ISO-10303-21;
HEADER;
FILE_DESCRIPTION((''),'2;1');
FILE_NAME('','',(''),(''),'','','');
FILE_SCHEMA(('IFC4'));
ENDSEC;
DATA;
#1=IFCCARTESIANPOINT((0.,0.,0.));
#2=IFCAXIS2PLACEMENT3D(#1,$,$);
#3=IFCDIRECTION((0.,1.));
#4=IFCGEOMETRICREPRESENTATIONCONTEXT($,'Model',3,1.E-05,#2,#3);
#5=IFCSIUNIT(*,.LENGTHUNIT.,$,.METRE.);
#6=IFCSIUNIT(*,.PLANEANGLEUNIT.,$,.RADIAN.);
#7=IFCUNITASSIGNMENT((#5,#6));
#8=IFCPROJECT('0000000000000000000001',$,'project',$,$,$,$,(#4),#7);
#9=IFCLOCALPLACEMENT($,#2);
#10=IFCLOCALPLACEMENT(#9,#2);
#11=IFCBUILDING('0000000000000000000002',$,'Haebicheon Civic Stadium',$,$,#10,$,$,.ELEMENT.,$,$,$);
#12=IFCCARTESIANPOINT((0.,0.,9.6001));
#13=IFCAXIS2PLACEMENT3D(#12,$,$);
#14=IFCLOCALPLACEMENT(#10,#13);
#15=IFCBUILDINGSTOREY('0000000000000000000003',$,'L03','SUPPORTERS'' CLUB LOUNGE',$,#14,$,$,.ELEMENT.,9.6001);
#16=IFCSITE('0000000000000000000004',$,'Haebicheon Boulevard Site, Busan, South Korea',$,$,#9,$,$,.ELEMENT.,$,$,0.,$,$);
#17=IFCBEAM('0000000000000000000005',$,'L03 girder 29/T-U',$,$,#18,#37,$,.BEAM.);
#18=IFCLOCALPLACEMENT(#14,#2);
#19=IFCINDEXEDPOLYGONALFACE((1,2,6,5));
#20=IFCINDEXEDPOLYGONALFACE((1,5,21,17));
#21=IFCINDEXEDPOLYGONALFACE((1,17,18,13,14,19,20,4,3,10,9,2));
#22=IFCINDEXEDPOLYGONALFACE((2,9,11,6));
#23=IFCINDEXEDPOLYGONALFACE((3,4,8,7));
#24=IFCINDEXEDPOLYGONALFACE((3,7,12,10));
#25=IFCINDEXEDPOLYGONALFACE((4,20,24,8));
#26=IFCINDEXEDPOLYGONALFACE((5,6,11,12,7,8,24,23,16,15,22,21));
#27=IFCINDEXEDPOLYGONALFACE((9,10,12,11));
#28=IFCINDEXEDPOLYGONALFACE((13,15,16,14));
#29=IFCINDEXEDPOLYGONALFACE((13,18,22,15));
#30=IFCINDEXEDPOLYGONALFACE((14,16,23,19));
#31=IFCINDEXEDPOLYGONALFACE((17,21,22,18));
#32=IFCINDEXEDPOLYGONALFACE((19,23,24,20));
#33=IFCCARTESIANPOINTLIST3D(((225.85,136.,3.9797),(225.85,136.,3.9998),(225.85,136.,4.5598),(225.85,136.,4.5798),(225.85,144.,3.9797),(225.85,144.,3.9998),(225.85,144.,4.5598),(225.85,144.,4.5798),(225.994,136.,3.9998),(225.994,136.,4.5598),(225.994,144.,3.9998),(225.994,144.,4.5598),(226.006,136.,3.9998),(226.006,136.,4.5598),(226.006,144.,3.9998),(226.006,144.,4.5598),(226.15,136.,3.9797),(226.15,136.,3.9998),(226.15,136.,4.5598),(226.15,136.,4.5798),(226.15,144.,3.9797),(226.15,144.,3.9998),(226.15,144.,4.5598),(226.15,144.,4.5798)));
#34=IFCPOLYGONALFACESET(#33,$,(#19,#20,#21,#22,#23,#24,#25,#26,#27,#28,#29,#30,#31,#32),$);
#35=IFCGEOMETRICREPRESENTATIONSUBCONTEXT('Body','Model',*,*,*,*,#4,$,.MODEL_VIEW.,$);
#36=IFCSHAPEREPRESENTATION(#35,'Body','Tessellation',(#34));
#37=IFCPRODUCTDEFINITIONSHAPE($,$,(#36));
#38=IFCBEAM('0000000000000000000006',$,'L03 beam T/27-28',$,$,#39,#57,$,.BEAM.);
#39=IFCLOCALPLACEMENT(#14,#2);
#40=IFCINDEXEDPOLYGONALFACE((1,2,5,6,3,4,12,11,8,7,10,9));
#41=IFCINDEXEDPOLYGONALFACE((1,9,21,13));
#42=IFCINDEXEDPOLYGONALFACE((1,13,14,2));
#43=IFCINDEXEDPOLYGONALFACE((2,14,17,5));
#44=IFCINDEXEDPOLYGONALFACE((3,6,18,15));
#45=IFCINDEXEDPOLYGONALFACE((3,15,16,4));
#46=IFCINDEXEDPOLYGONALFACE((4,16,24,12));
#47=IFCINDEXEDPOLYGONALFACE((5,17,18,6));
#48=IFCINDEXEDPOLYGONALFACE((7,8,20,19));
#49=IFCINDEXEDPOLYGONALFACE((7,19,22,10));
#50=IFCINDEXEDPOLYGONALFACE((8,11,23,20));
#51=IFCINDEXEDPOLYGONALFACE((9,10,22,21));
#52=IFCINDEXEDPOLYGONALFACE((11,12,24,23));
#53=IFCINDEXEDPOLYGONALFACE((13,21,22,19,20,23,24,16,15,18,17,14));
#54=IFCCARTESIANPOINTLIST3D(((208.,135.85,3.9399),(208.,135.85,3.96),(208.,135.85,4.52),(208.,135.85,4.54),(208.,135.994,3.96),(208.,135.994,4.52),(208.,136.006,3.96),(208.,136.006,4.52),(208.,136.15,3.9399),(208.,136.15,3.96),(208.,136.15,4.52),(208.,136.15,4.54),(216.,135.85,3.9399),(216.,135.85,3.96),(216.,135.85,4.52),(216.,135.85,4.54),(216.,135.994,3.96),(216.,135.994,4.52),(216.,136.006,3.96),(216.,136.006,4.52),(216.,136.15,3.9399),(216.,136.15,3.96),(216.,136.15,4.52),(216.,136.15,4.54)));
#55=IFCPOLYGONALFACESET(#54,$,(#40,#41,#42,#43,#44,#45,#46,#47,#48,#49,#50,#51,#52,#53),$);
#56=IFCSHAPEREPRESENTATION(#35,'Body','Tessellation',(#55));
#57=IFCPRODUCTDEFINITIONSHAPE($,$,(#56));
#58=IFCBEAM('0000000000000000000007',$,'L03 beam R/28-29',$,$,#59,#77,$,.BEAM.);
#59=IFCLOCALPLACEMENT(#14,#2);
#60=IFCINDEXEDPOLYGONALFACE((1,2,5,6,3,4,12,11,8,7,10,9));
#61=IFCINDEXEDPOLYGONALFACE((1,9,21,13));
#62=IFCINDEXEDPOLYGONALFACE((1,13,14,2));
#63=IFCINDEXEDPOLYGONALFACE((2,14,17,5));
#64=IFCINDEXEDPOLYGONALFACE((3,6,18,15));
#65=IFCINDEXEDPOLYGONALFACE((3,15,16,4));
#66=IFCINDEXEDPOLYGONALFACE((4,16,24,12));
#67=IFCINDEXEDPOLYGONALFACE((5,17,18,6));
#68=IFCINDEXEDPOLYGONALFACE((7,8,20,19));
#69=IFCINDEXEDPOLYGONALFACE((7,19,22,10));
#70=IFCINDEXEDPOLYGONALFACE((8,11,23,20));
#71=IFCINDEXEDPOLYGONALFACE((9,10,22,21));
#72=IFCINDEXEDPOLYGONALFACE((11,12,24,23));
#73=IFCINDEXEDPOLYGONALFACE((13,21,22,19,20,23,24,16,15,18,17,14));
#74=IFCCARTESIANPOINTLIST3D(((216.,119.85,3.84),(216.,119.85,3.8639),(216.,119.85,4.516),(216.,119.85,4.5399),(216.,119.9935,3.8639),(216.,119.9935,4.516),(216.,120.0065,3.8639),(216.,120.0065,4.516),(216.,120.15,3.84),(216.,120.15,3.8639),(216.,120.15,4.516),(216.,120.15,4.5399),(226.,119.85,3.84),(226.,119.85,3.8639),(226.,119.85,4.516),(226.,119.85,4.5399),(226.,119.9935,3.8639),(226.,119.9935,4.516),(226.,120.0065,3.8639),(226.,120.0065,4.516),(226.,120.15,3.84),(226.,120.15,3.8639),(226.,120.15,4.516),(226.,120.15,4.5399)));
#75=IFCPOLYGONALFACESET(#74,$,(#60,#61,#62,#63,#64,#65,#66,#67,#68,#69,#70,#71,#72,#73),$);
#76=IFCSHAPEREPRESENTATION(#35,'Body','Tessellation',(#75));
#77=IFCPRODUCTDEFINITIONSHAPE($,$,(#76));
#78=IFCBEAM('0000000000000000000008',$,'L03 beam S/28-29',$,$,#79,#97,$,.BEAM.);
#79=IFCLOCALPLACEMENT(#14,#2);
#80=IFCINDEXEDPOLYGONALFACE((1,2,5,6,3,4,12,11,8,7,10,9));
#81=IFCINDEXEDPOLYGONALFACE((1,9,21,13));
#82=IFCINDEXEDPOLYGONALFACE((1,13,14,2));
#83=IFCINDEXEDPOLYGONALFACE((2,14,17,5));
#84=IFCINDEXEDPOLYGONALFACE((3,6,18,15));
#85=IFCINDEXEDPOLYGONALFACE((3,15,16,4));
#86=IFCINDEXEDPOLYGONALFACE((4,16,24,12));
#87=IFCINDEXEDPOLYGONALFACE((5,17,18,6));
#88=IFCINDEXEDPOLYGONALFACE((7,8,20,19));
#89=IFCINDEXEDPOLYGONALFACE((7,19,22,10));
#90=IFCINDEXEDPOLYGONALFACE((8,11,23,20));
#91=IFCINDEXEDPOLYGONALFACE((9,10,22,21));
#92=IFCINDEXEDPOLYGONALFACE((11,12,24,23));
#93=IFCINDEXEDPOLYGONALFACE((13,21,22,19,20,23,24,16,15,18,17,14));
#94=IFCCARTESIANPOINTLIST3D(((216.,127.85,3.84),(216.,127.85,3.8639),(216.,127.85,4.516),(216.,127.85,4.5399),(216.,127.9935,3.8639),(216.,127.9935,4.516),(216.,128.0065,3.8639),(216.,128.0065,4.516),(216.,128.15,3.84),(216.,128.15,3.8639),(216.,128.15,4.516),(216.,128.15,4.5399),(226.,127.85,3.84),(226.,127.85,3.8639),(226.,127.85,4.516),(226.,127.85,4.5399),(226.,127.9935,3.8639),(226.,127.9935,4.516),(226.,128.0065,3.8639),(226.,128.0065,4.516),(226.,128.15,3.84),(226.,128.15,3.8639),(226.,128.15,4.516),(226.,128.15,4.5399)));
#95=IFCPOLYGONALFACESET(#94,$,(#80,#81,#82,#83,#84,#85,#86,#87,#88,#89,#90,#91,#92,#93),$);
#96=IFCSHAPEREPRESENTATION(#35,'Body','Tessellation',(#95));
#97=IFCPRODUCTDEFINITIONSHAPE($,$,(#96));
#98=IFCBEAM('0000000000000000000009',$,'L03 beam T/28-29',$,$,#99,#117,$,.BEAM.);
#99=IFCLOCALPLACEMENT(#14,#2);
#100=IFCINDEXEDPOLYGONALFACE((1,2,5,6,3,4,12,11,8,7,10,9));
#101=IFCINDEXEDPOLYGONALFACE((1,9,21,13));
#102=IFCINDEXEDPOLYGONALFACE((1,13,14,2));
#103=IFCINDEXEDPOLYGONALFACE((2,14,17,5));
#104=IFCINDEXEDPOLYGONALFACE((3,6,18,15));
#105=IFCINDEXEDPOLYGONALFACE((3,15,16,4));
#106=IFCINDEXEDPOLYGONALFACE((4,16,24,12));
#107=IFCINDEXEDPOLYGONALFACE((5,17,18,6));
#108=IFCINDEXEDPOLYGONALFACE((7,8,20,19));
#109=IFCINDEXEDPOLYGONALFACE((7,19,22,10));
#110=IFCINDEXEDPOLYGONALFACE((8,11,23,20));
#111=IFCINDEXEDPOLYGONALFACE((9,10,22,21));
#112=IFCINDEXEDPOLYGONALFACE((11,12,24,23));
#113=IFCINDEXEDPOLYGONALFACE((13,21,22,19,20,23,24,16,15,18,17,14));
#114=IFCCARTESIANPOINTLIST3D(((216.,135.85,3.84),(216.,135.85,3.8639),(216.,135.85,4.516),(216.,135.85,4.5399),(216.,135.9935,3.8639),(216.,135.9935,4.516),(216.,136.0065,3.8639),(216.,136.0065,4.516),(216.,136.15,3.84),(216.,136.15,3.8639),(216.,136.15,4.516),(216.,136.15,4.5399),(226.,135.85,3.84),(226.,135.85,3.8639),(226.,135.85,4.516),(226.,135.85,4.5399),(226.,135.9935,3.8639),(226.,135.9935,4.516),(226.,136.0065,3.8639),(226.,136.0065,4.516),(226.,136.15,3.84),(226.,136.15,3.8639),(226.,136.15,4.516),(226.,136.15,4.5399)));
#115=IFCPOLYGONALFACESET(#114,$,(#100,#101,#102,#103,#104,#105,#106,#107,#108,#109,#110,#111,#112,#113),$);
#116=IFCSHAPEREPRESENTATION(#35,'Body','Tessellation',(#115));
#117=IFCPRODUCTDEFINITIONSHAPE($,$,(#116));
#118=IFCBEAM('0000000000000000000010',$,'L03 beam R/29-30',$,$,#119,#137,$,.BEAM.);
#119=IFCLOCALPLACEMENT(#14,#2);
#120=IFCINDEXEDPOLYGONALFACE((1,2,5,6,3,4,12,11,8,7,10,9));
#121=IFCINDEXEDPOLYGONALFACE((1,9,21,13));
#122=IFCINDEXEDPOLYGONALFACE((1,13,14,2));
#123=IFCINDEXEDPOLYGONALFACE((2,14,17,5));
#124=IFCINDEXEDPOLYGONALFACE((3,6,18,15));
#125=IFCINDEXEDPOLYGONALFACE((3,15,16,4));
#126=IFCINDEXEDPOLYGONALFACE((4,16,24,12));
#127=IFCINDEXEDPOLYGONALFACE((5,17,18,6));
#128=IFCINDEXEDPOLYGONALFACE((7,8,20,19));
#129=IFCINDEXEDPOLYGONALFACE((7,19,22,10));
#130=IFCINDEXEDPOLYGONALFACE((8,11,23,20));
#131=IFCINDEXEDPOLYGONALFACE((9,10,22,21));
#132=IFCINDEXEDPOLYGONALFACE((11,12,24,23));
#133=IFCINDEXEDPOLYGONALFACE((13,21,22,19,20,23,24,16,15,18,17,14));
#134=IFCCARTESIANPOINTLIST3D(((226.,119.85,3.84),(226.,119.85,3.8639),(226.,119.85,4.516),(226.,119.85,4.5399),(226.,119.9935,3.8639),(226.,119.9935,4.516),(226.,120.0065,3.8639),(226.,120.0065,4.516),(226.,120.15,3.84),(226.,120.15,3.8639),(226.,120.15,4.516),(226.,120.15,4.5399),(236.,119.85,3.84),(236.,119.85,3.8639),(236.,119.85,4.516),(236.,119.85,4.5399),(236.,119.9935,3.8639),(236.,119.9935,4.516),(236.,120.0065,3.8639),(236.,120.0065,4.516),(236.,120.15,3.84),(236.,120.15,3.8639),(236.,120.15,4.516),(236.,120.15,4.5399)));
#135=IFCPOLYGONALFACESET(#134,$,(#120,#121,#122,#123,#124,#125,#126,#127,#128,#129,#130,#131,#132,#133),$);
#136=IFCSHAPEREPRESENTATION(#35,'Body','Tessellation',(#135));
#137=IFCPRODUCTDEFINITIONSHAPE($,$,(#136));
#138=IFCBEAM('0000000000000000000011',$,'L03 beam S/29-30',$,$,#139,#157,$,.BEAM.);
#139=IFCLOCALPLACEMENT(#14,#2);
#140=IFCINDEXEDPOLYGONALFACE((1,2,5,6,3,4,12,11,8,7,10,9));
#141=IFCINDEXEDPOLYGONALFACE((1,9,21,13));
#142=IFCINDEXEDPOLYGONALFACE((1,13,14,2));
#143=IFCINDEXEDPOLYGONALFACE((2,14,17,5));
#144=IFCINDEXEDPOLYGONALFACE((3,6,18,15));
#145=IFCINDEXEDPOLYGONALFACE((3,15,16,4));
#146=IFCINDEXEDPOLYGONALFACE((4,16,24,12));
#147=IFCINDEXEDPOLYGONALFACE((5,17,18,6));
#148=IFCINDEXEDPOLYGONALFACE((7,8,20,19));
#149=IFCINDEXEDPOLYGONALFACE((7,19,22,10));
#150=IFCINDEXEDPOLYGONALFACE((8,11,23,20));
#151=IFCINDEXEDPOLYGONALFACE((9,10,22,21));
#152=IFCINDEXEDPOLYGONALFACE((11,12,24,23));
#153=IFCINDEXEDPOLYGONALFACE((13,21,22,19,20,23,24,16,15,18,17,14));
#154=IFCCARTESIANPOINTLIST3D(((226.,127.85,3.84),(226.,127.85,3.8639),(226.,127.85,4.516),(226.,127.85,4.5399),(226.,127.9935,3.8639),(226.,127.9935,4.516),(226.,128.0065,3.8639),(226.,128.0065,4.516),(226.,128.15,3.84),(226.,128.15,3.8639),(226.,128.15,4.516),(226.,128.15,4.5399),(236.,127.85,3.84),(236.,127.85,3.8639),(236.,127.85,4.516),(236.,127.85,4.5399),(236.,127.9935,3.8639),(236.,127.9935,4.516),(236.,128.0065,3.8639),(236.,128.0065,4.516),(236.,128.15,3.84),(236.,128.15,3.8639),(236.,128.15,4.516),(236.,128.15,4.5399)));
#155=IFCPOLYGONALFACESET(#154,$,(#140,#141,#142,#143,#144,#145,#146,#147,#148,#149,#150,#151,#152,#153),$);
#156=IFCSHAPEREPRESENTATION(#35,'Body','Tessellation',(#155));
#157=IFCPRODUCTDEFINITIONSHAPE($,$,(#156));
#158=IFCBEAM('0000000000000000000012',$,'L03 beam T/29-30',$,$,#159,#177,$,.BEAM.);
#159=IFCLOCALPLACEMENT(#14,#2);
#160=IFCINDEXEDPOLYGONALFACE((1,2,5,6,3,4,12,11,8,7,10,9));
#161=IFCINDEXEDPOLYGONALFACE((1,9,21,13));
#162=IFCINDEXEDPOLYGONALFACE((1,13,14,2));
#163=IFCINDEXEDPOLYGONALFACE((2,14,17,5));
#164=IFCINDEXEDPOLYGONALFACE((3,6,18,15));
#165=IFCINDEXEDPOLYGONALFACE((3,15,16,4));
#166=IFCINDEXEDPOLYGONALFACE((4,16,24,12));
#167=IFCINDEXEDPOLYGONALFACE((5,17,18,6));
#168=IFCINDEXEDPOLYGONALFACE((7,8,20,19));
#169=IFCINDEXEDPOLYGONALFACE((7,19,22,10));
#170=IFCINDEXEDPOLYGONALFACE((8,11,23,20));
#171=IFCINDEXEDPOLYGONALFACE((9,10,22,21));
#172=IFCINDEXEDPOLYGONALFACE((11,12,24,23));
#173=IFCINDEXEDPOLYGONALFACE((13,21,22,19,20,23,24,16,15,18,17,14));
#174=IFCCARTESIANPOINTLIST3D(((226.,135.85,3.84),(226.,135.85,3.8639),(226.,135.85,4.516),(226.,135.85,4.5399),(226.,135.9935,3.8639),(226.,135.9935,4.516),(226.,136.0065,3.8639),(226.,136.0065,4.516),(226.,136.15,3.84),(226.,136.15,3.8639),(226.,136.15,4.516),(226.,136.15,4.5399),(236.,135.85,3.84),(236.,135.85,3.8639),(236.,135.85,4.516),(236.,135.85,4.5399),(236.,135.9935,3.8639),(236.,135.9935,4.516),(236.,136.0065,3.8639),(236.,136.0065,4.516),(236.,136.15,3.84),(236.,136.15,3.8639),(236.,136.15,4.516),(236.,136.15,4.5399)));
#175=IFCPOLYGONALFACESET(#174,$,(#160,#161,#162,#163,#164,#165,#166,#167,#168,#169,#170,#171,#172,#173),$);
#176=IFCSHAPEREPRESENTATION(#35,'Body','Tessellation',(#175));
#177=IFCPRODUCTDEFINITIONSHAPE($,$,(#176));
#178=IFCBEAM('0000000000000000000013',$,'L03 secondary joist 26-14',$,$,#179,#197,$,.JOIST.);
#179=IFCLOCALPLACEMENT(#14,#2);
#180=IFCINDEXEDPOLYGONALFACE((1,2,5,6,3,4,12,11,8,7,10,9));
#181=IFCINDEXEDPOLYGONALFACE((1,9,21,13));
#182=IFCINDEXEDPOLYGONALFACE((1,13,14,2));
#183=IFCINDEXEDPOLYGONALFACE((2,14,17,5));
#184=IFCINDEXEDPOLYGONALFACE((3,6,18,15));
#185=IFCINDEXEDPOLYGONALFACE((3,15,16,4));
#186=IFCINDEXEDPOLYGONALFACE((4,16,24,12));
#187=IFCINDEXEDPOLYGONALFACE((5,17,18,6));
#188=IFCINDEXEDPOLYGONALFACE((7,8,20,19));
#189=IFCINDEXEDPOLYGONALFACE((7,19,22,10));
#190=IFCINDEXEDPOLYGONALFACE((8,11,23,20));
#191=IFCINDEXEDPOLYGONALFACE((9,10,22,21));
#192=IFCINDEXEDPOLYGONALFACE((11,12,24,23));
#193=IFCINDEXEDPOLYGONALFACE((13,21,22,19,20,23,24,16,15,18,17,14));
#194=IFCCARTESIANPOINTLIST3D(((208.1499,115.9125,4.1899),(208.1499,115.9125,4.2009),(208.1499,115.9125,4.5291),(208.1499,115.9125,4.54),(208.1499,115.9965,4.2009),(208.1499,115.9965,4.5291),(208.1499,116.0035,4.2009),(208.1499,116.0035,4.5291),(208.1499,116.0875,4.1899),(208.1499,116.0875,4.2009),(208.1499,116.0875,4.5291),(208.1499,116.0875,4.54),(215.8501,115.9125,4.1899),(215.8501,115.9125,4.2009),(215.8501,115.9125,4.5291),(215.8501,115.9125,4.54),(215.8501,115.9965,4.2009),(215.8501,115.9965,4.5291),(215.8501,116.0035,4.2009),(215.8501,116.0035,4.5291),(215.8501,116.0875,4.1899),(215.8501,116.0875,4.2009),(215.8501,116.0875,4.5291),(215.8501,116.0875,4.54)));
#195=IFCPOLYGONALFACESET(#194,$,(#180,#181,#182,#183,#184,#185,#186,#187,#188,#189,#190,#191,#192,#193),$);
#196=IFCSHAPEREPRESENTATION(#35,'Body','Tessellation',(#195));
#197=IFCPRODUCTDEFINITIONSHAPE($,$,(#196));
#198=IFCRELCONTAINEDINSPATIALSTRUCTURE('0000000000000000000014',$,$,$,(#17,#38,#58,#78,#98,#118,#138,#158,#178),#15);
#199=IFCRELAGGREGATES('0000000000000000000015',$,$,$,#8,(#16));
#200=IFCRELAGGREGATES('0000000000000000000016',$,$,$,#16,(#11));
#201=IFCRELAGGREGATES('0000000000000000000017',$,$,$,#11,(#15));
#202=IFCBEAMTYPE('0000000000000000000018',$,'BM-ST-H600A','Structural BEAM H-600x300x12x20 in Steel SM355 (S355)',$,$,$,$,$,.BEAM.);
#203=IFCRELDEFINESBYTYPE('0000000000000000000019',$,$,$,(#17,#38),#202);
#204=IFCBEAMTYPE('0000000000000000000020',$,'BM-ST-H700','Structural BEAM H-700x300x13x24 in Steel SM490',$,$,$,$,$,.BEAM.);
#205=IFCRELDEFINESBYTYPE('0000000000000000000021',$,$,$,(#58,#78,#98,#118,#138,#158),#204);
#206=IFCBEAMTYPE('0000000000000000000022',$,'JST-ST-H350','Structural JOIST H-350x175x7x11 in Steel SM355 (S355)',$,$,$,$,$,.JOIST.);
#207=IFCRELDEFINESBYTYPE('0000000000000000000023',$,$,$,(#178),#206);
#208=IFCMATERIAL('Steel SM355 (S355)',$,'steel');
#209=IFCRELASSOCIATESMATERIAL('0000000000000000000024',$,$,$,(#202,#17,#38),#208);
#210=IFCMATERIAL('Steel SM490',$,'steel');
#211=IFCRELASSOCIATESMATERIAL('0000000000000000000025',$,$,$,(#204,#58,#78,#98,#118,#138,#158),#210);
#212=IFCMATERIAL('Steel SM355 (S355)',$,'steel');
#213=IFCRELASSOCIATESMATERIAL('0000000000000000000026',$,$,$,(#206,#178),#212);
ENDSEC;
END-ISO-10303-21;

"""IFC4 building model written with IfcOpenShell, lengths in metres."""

from ifc_helpers import new_model, si_unit, direction, frame, origin, origin_2d, place, context, subcontext, project, spatial, i_section, extrude, material, material_profile, profile_set, type_object, element, save


model = new_model("IFC4")

# Units and contexts
model_context = context("Model", 3, precision=1e-05, world=origin(), true_north=direction((0.0, 1.0)))
body_context = subcontext(model_context, "Body", "Model", "MODEL_VIEW")
ifc_project = project(units=[si_unit("LENGTHUNIT", "METRE"), si_unit("PLANEANGLEUNIT", "RADIAN")], contexts=[model_context])

# Site, building, storey
site_placement = place(None, origin())
site = spatial("IfcSite", under=ifc_project, at=site_placement, Name="Haebicheon Boulevard Site, Busan, South Korea", CompositionType="ELEMENT", RefElevation=0.0)
building_placement = place(site_placement, origin())
building = spatial("IfcBuilding", under=site, at=building_placement, Name="Haebicheon Civic Stadium", CompositionType="ELEMENT")
storey_placement = place(building_placement, frame((0.0, 0.0, 9.6001)))
storey = spatial("IfcBuildingStorey", under=building, at=storey_placement, Name="L03", Description="SUPPORTERS' CLUB LOUNGE", CompositionType="ELEMENT", Elevation=9.6001)

# Beams
ifc_material_1 = material(Name="Steel SM355 (S355)", Category="steel")
ifc_material_profile_1 = material_profile(ifc_material_1, i_section(OverallWidth=0.3, OverallDepth=0.6001, WebThickness=0.012, FlangeThickness=0.02, at=origin_2d()), Name="H-600x300x12x20")
ifc_profile_set_1 = profile_set([ifc_material_profile_1], Name="Steel SM355 (S355)")
beam_type_1 = type_object("IfcBeamType", Name="BM-ST-H600A", Description="Structural BEAM H-600x300x12x20 in Steel SM355 (S355)", PredefinedType="BEAM", material=ifc_profile_set_1)
for number, where, z_axis, x_axis, name in (
    (1, (226.0, 136.0, 4.2798), (0.0, 1.0, 0.0), (-1.0, 0.0, 0.0), "L03 girder 29/T-U"),
    (2, (208.0, 136.0, 4.24), (1.0, 0.0, 0.0), (0.0, 1.0, 0.0), "L03 beam T/27-28"),
):
    element("IfcBeam", number, at=place(storey_placement, frame(where, z_axis=z_axis, x_axis=x_axis)), inside=storey, type_object=beam_type_1, material=ifc_profile_set_1, Name=name, PredefinedType="BEAM", context=body_context, shape_type="SweptSolid", body=[
        extrude(i_section(OverallWidth=0.3, OverallDepth=0.6001, WebThickness=0.012, FlangeThickness=0.02, at=origin_2d()), origin(), (0.0, 0.0, 1.0), 8.0),
    ])
ifc_material_2 = material(Name="Steel SM490", Category="steel")
ifc_material_profile_2 = material_profile(ifc_material_2, i_section(OverallWidth=0.3, OverallDepth=0.7, WebThickness=0.0129, FlangeThickness=0.0239, at=origin_2d()), Name="H-700x300x13x24")
ifc_profile_set_2 = profile_set([ifc_material_profile_2], Name="Steel SM490")
beam_type_2 = type_object("IfcBeamType", Name="BM-ST-H700", Description="Structural BEAM H-700x300x13x24 in Steel SM490", PredefinedType="BEAM", material=ifc_profile_set_2)
for number, where, z_axis, x_axis, name in (
    (3, (216.0, 120.0, 4.1899), (1.0, 0.0, 0.0), (0.0, 1.0, 0.0), "L03 beam R/28-29"),
    (4, (216.0, 128.0, 4.1899), (1.0, 0.0, 0.0), (0.0, 1.0, 0.0), "L03 beam S/28-29"),
    (5, (216.0, 136.0, 4.1899), (1.0, 0.0, 0.0), (0.0, 1.0, 0.0), "L03 beam T/28-29"),
    (6, (226.0, 120.0, 4.1899), (1.0, 0.0, 0.0), (0.0, 1.0, 0.0), "L03 beam R/29-30"),
    (7, (226.0, 128.0, 4.1899), (1.0, 0.0, 0.0), (0.0, 1.0, 0.0), "L03 beam S/29-30"),
    (8, (226.0, 136.0, 4.1899), (1.0, 0.0, 0.0), (0.0, 1.0, 0.0), "L03 beam T/29-30"),
):
    element("IfcBeam", number, at=place(storey_placement, frame(where, z_axis=z_axis, x_axis=x_axis)), inside=storey, type_object=beam_type_2, material=ifc_profile_set_2, Name=name, PredefinedType="BEAM", context=body_context, shape_type="SweptSolid", body=[
        extrude(i_section(OverallWidth=0.3, OverallDepth=0.7, WebThickness=0.0129, FlangeThickness=0.0239, at=origin_2d()), origin(), (0.0, 0.0, 1.0), 10.0),
    ])
ifc_material_3 = material(Name="Steel SM355 (S355)", Category="steel")
ifc_material_profile_3 = material_profile(ifc_material_3, i_section(OverallWidth=0.175, OverallDepth=0.3501, WebThickness=0.0071, FlangeThickness=0.011, at=origin_2d()), Name="H-350x175x7x11")
ifc_profile_set_3 = profile_set([ifc_material_profile_3], Name="Steel SM355 (S355)")
beam_type_3 = type_object("IfcBeamType", Name="JST-ST-H350", Description="Structural JOIST H-350x175x7x11 in Steel SM355 (S355)", PredefinedType="JOIST", material=ifc_profile_set_3)
for number, where, z_axis, x_axis, name in (
    (9, (208.1499, 116.0, 4.365), (1.0, 0.0, 0.0), (0.0, 1.0, 0.0), "L03 secondary joist 26-14"),
):
    element("IfcBeam", number, at=place(storey_placement, frame(where, z_axis=z_axis, x_axis=x_axis)), inside=storey, type_object=beam_type_3, material=ifc_profile_set_3, Name=name, PredefinedType="JOIST", context=body_context, shape_type="SweptSolid", body=[
        extrude(i_section(OverallWidth=0.175, OverallDepth=0.3501, WebThickness=0.0071, FlangeThickness=0.011, at=origin_2d()), origin(), (0.0, 0.0, 1.0), 7.7002),
    ])

save(model, "model.ifc")
